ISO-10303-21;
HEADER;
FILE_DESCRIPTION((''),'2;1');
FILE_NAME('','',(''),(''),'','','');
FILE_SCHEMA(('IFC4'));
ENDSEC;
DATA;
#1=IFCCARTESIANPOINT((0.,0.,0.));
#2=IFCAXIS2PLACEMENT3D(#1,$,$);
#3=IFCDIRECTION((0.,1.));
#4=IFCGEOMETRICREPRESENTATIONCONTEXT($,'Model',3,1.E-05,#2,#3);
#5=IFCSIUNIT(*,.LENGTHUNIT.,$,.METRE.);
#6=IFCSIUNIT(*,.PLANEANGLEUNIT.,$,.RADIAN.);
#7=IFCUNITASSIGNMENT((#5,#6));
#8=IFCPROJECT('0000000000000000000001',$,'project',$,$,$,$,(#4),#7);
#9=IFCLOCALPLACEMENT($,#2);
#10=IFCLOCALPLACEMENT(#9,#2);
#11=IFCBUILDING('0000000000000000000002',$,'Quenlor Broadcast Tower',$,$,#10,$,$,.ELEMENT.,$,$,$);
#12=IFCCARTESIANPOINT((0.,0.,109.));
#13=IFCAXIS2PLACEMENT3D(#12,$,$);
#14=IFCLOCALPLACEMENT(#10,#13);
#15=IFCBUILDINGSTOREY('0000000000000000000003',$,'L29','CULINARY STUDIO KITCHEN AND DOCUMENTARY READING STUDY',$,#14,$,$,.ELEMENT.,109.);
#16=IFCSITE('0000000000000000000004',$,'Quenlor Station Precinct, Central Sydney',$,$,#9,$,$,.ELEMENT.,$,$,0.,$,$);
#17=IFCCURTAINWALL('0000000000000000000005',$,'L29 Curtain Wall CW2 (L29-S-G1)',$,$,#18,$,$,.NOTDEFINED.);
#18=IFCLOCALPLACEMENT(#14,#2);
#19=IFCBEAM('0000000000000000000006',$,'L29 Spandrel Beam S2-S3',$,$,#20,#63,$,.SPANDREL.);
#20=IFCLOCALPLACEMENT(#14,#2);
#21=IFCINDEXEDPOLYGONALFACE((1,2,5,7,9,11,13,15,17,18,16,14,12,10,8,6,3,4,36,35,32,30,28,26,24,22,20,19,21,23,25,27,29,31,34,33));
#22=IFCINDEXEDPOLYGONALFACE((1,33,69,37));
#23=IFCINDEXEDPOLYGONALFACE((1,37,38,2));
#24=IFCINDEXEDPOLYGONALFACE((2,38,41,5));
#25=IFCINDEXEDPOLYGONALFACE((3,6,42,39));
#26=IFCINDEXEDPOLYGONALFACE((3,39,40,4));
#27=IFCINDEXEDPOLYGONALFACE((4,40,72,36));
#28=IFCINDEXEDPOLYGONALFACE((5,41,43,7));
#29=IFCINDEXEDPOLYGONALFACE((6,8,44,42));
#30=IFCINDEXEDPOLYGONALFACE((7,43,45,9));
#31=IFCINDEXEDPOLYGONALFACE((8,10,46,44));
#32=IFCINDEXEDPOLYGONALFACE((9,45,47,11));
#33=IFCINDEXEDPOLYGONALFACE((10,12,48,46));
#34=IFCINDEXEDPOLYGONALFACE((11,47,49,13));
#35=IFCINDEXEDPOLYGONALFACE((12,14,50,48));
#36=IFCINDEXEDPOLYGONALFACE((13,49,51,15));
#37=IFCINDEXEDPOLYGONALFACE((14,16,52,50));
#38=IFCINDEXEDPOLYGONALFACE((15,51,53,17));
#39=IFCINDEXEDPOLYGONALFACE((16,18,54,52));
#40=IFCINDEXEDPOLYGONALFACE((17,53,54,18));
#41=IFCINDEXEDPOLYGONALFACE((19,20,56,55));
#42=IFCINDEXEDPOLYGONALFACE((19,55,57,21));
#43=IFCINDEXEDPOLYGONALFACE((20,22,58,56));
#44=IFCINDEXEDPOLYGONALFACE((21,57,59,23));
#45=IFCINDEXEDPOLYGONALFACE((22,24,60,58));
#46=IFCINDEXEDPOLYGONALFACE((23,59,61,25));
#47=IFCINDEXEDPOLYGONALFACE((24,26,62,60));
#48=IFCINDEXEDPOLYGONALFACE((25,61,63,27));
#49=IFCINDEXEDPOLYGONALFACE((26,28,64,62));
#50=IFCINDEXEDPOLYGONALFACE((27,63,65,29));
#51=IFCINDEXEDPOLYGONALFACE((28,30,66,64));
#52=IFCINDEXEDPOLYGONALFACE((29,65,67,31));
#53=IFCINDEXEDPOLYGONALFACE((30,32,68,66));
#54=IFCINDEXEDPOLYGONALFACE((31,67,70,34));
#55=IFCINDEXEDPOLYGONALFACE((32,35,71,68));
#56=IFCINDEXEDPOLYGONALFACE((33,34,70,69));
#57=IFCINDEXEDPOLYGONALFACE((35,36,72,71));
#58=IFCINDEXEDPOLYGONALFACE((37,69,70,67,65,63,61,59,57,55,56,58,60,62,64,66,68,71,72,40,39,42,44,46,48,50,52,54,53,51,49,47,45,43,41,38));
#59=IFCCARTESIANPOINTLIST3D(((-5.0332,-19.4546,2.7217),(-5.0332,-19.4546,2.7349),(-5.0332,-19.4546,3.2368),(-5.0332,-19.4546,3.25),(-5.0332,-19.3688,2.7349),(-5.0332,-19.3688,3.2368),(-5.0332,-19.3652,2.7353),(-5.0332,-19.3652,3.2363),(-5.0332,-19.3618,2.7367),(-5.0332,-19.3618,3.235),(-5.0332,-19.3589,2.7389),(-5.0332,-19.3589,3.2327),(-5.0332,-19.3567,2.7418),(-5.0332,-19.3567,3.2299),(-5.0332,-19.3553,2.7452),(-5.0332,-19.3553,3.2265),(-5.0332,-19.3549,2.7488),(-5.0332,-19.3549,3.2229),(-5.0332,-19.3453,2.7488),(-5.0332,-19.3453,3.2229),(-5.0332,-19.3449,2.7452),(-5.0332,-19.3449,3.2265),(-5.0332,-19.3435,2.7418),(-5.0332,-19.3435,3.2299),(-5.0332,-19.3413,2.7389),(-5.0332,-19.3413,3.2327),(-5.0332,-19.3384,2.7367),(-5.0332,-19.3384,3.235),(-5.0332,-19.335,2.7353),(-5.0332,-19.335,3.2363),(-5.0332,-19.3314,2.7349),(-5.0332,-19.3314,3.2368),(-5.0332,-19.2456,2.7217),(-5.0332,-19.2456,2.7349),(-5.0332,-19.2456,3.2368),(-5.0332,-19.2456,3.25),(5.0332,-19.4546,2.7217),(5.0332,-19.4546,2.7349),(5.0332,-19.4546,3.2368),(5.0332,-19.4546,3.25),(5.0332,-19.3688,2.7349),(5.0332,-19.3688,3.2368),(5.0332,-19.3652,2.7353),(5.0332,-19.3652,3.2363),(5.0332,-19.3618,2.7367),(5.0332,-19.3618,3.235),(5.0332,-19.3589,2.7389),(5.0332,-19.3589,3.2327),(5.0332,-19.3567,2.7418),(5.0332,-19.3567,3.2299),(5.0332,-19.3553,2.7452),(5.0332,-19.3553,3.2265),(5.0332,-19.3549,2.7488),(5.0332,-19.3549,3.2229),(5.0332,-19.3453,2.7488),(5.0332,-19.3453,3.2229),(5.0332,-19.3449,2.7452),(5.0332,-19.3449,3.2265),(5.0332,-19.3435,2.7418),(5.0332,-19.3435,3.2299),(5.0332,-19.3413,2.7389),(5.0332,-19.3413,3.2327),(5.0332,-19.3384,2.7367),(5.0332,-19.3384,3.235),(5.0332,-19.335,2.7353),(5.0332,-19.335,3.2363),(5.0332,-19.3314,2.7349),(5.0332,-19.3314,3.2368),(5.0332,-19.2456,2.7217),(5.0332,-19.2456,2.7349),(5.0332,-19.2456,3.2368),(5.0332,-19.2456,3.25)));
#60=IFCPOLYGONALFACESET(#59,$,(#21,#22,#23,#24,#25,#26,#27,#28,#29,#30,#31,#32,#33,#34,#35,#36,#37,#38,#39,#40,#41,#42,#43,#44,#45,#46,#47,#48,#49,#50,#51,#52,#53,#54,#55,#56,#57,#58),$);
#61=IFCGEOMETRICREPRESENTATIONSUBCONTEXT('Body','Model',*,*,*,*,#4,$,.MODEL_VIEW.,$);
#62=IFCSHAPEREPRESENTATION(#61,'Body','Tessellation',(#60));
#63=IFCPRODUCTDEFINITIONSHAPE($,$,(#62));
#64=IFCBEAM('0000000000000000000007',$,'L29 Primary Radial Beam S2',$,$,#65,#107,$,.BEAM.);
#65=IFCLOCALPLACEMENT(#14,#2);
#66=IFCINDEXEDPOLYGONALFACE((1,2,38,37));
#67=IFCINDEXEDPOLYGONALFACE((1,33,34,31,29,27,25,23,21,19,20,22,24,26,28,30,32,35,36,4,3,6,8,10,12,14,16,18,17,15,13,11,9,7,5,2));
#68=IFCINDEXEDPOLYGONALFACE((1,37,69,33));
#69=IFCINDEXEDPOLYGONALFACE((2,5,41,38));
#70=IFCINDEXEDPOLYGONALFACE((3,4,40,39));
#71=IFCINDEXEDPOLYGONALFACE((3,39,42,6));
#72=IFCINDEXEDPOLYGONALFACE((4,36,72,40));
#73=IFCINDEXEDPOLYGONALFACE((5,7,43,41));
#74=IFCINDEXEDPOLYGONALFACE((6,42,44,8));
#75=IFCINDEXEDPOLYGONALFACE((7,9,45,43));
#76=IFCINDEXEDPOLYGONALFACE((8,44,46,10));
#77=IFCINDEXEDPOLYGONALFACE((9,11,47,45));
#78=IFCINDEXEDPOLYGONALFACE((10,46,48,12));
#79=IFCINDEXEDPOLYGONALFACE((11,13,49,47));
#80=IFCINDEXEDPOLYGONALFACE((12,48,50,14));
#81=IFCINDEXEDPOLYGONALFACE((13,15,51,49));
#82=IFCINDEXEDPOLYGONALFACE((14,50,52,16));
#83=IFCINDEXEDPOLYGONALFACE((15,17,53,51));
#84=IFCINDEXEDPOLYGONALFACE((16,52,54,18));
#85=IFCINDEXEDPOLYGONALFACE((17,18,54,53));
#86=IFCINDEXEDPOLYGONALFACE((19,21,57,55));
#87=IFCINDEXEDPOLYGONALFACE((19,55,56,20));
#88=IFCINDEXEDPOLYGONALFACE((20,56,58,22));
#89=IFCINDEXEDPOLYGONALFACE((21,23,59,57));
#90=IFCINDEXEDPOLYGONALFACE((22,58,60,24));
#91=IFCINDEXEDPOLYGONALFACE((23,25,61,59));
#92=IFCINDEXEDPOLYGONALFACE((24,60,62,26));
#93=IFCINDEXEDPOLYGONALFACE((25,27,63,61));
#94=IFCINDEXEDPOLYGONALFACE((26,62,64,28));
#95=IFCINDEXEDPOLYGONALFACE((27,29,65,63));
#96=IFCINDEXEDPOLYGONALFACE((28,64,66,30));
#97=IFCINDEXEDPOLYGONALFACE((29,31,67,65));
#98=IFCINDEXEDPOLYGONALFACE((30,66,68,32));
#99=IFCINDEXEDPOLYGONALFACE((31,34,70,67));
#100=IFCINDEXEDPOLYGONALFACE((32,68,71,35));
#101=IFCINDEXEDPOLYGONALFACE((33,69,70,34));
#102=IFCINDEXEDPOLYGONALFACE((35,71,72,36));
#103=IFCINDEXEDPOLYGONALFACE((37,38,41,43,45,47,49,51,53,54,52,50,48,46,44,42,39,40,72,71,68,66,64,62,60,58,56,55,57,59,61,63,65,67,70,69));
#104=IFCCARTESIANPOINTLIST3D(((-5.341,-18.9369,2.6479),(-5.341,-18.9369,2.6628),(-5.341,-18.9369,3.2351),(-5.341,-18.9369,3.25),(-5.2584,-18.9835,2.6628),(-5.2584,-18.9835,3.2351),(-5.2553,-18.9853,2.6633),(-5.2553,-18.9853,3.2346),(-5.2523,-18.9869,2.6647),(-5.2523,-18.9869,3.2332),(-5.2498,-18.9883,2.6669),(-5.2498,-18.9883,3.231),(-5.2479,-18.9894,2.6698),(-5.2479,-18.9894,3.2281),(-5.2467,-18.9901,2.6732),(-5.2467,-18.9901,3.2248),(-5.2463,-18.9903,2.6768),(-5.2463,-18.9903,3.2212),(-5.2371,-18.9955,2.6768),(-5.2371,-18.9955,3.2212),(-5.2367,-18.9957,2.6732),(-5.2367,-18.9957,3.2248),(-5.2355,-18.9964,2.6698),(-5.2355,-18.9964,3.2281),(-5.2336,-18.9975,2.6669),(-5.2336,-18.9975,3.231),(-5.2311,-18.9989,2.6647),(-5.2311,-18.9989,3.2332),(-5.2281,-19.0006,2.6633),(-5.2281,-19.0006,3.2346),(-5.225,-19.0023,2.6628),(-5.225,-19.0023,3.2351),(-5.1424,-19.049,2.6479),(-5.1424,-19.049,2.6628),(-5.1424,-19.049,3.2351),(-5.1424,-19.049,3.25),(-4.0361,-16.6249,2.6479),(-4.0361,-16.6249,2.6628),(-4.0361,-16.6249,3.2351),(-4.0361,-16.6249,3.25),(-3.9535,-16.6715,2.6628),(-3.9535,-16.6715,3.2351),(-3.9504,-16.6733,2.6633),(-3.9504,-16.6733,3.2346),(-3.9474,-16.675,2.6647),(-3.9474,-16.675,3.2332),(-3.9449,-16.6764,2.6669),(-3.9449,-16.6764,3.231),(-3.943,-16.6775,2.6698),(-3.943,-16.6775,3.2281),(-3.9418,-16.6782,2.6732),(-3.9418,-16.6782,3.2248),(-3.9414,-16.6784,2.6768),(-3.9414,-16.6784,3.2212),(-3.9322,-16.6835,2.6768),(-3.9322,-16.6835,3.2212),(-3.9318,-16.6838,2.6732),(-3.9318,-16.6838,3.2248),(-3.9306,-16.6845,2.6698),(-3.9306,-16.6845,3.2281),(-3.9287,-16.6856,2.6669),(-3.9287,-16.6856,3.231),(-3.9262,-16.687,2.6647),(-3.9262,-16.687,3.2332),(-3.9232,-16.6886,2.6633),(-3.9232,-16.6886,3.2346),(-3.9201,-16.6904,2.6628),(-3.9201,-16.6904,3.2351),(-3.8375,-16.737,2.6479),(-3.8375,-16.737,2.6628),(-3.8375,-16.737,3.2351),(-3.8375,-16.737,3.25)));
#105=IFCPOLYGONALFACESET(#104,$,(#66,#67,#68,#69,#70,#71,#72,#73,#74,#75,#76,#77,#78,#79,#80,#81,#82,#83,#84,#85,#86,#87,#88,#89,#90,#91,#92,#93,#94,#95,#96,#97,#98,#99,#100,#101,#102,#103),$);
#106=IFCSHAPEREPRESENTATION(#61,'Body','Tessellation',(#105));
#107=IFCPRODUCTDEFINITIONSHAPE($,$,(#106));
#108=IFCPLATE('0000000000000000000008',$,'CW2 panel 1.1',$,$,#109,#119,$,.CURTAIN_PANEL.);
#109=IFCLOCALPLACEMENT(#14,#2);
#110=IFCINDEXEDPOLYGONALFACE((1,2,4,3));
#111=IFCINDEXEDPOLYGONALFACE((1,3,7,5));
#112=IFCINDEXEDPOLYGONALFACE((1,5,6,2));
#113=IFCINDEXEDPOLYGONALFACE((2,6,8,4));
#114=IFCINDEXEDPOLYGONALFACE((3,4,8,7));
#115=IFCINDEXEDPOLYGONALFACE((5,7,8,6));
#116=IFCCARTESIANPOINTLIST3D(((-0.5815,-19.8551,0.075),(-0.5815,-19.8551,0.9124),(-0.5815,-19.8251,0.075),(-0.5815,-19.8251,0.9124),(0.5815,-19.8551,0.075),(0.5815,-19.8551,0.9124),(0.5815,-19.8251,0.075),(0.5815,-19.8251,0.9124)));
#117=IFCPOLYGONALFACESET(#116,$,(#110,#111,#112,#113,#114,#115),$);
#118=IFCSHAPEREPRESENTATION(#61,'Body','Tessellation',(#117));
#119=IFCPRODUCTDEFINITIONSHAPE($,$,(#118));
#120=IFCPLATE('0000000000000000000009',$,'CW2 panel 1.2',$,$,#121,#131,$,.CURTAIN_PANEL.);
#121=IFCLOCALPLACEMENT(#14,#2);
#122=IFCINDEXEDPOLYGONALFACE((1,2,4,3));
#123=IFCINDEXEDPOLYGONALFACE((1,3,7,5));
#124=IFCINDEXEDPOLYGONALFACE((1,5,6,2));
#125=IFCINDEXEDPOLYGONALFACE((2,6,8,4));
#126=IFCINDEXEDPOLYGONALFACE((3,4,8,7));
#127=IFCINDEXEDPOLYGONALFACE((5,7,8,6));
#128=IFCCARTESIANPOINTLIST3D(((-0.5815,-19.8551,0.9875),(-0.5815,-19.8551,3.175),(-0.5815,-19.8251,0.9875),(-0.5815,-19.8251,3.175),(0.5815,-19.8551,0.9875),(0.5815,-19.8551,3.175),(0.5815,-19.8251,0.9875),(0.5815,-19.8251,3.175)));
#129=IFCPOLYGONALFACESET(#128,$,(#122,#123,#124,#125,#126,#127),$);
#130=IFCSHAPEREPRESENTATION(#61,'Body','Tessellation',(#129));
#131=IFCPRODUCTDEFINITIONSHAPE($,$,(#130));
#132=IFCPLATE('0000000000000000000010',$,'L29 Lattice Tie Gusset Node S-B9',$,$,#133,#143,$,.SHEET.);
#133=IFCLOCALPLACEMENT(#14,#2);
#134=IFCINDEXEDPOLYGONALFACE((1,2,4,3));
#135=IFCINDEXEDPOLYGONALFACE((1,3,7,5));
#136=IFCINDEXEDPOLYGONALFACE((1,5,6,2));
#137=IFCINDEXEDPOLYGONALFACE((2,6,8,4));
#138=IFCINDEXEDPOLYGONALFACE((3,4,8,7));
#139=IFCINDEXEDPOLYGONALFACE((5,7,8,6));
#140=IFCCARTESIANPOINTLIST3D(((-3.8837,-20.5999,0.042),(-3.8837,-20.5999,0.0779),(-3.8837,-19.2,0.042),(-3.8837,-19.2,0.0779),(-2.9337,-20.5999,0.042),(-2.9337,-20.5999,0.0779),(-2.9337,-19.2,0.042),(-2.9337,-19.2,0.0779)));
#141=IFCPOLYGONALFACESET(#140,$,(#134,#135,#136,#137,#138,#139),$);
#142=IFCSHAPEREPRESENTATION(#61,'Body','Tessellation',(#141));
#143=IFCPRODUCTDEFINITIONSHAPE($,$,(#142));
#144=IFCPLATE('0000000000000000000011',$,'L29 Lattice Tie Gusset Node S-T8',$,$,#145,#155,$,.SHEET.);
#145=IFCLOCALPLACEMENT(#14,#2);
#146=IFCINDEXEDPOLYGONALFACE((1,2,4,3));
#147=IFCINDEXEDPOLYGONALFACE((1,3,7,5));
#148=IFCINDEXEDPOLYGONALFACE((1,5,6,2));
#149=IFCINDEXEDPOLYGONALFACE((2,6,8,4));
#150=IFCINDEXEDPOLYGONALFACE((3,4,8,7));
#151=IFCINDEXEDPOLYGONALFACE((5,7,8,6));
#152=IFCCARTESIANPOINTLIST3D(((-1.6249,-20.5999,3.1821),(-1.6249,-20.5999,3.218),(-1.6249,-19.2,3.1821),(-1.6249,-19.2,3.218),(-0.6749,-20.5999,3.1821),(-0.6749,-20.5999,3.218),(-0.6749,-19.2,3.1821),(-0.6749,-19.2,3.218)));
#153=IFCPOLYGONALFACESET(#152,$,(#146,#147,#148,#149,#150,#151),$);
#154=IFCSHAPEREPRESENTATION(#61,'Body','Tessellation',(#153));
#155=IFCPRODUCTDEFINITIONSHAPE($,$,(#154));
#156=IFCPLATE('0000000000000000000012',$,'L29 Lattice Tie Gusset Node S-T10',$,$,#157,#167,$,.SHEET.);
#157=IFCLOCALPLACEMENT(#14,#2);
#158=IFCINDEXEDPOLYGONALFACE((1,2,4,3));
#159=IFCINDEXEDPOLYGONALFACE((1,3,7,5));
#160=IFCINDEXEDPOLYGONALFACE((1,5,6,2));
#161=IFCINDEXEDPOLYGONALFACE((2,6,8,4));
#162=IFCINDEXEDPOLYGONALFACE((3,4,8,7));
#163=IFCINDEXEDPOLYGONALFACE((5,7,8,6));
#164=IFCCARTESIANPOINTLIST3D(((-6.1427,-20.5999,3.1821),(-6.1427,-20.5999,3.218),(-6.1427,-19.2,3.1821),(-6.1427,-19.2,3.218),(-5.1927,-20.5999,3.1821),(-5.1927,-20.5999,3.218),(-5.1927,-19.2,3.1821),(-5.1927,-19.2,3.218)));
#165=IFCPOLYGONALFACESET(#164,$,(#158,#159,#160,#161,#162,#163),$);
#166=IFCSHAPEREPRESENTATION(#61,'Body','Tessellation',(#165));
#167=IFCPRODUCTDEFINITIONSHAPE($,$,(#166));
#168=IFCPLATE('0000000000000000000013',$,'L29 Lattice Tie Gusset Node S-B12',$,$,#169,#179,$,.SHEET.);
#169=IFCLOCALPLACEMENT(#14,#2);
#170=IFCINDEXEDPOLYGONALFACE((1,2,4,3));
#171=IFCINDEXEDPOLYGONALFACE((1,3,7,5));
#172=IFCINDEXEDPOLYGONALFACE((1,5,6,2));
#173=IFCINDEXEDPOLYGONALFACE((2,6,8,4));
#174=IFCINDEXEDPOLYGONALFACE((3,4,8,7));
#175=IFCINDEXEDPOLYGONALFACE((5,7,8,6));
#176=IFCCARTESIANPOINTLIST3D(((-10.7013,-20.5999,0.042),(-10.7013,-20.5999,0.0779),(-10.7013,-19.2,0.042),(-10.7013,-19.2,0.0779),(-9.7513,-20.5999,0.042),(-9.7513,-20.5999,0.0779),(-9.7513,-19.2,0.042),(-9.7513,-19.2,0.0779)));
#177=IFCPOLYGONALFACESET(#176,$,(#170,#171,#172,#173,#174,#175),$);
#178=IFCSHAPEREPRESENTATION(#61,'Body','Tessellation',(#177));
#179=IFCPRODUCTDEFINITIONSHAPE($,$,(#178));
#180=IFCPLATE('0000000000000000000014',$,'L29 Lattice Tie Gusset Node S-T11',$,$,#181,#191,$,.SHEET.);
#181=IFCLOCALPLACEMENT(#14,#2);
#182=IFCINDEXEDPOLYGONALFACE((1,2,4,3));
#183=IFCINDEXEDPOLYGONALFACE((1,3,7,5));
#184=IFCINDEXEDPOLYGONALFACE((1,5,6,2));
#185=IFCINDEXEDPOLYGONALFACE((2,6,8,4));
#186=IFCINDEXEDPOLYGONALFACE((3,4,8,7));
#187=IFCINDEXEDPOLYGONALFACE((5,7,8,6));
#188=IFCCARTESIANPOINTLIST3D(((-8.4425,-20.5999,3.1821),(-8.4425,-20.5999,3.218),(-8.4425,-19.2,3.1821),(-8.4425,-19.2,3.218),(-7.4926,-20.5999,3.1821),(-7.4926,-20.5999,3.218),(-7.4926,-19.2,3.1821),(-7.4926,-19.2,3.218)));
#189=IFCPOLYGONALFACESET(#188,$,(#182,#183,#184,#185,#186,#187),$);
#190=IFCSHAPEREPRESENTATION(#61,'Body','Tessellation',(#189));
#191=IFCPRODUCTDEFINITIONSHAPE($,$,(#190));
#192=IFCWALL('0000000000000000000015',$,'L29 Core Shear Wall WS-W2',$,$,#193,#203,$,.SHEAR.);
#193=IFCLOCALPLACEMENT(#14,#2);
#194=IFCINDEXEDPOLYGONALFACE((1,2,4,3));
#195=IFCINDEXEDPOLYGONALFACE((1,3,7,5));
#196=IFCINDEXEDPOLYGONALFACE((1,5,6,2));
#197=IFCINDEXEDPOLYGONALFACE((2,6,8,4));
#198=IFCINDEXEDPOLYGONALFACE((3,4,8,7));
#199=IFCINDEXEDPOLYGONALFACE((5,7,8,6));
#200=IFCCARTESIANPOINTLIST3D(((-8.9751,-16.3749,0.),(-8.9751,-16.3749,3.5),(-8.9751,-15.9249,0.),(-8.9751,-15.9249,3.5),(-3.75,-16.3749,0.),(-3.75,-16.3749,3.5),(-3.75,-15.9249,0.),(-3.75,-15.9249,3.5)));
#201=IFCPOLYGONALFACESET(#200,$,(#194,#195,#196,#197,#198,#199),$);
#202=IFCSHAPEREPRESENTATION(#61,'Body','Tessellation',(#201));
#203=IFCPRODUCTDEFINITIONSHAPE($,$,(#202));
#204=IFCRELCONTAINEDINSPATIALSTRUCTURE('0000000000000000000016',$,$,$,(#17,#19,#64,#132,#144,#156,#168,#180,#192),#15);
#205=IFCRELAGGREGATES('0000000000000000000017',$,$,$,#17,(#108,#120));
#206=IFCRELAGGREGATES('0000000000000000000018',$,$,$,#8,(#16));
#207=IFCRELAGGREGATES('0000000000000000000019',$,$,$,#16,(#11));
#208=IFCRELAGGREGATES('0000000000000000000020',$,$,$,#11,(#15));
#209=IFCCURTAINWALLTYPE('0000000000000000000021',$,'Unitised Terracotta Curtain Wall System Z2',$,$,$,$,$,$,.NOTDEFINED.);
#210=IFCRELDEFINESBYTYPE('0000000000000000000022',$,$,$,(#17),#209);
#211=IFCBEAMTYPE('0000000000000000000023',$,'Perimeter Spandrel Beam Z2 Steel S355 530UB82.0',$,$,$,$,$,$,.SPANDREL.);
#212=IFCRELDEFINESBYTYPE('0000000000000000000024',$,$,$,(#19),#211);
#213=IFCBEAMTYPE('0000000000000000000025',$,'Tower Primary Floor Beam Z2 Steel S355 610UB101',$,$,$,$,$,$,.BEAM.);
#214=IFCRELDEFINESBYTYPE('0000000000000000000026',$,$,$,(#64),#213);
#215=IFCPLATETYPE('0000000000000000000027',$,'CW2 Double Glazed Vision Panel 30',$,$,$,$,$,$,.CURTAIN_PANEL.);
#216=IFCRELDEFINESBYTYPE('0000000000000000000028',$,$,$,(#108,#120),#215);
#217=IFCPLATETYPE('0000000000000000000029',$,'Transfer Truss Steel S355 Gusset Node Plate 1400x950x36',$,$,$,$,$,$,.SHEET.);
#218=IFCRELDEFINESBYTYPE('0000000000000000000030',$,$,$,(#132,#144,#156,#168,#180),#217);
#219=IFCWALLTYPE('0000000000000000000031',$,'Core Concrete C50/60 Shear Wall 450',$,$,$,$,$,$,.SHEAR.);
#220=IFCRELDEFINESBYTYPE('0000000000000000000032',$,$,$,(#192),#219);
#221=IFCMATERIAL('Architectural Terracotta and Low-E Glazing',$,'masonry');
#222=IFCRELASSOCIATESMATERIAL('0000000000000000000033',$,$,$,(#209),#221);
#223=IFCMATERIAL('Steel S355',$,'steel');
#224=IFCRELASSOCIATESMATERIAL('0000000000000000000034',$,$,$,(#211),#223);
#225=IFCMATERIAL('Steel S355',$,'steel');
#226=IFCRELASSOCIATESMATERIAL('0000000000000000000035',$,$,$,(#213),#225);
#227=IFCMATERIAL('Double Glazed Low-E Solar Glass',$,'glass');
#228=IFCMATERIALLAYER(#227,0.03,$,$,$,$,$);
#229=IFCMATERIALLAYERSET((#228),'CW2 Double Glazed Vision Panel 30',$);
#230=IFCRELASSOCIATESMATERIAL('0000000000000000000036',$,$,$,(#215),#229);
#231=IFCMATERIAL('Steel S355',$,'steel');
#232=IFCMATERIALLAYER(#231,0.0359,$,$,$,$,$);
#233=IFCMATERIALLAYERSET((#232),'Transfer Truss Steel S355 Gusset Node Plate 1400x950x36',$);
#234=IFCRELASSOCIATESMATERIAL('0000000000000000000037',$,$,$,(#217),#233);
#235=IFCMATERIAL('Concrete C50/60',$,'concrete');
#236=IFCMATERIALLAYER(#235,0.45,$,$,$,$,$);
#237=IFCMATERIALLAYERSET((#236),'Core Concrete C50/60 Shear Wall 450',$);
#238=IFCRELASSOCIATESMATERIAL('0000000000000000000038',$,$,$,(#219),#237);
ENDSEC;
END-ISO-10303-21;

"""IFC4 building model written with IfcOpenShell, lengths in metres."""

from ifc_helpers import new_model, si_unit, direction, frame, frame_2d, origin, origin_2d, place, context, subcontext, project, spatial, rectangle, i_section, extrude, material, layer, layer_set, material_profile, profile_set, type_object, element, aggregate, save


model = new_model("IFC4")

# Units and contexts
model_context = context("Model", 3, precision=1e-05, world=origin(), true_north=direction((0.0, 1.0)))
body_context = subcontext(model_context, "Body", "Model", "MODEL_VIEW")
ifc_project = project(units=[si_unit("LENGTHUNIT", "METRE"), si_unit("PLANEANGLEUNIT", "RADIAN")], contexts=[model_context])

# Site, building, storey
site_placement = place(None, origin())
site = spatial("IfcSite", under=ifc_project, at=site_placement, Name="Quenlor Station Precinct, Central Sydney", CompositionType="ELEMENT", RefElevation=0.0)
building_placement = place(site_placement, origin())
building = spatial("IfcBuilding", under=site, at=building_placement, Name="Quenlor Broadcast Tower", CompositionType="ELEMENT")
storey_placement = place(building_placement, frame((0.0, 0.0, 109.0)))
storey = spatial("IfcBuildingStorey", under=building, at=storey_placement, Name="L29", Description="CULINARY STUDIO KITCHEN AND DOCUMENTARY READING STUDY", CompositionType="ELEMENT", Elevation=109.0)

# Curtain wall
ifc_material_1 = material(Name="Architectural Terracotta and Low-E Glazing", Category="masonry")
curtain_wall_type = type_object("IfcCurtainWallType", Name="Unitised Terracotta Curtain Wall System Z2", PredefinedType="NOTDEFINED", material=ifc_material_1)
curtain_wall_placement = place(storey_placement, origin())
curtain_wall = element("IfcCurtainWall", 1, at=curtain_wall_placement, inside=storey, type_object=curtain_wall_type, Name="L29 Curtain Wall CW2 (L29-S-G1)", PredefinedType="NOTDEFINED")

# Beams
ifc_material_2 = material(Name="Steel S355", Category="steel")
ifc_material_profile_1 = material_profile(ifc_material_2, i_section(OverallWidth=0.209, OverallDepth=0.5283, WebThickness=0.0095, FlangeThickness=0.0132, FilletRadius=0.0139, at=origin_2d()))
ifc_profile_set_1 = profile_set([ifc_material_profile_1], Name="Steel S355 530UB82.0")
beam_type_1 = type_object("IfcBeamType", Name="Perimeter Spandrel Beam Z2 Steel S355 530UB82.0", PredefinedType="SPANDREL", material=ifc_profile_set_1)
beam_1_placement = place(storey_placement, frame((-5.0332, -19.3501, 2.9858), z_axis=(1.0, 0.0, 0.0), x_axis=(0.0, 1.0, 0.0)))
element("IfcBeam", 2, at=beam_1_placement, inside=storey, type_object=beam_type_1, Name="L29 Spandrel Beam S2-S3", PredefinedType="SPANDREL", context=body_context, shape_type="SweptSolid", body=[
    extrude(i_section(OverallWidth=0.209, OverallDepth=0.5283, WebThickness=0.0095, FlangeThickness=0.0132, FilletRadius=0.0139, at=origin_2d()), origin(), (0.0, 0.0, 1.0), 10.0664),
])
ifc_material_3 = material(Name="Steel S355", Category="steel")
ifc_material_profile_2 = material_profile(ifc_material_3, i_section(OverallWidth=0.228, OverallDepth=0.6021, WebThickness=0.0105, FlangeThickness=0.0149, FilletRadius=0.0139, at=origin_2d()))
ifc_profile_set_2 = profile_set([ifc_material_profile_2], Name="Steel S355 610UB101")
beam_type_2 = type_object("IfcBeamType", Name="Tower Primary Floor Beam Z2 Steel S355 610UB101", PredefinedType="BEAM", material=ifc_profile_set_2)
beam_2_placement = place(storey_placement, frame((-5.2417, -18.9929, 2.949), z_axis=(0.491527, 0.870862, 0.0), x_axis=(-0.870862, 0.491527, 0.0)))
element("IfcBeam", 3, at=beam_2_placement, inside=storey, type_object=beam_type_2, Name="L29 Primary Radial Beam S2", PredefinedType="BEAM", context=body_context, shape_type="SweptSolid", body=[
    extrude(i_section(OverallWidth=0.228, OverallDepth=0.6021, WebThickness=0.0105, FlangeThickness=0.0149, FilletRadius=0.0139, at=origin_2d()), origin(), (0.0, 0.0, 1.0), 2.6548),
])

# Plates
ifc_material_4 = material(Name="Double Glazed Low-E Solar Glass", Category="glass")
ifc_layer_1 = layer(ifc_material_4, 0.03)
ifc_layer_set_1 = layer_set([ifc_layer_1], Name="CW2 Double Glazed Vision Panel 30")
plate_type_1 = type_object("IfcPlateType", Name="CW2 Double Glazed Vision Panel 30", PredefinedType="CURTAIN_PANEL", material=ifc_layer_set_1)
plate_1_placement = place(storey_placement, frame((0.0, -19.8401, 0.075), z_axis=(0.0, 0.0, 1.0), x_axis=(-1.0, 0.0, 0.0)))
plate_1 = element("IfcPlate", 4, at=plate_1_placement, type_object=plate_type_1, Name="CW2 panel 1.1", PredefinedType="CURTAIN_PANEL", context=body_context, shape_type="SweptSolid", body=[
    extrude(rectangle(XDim=1.1631, YDim=0.03, at=origin_2d()), origin(), (0.0, 0.0, 1.0), 0.8374),
])
plate_2_placement = place(storey_placement, frame((0.0, -19.8401, 0.9875), z_axis=(0.0, 0.0, 1.0), x_axis=(-1.0, 0.0, 0.0)))
plate_2 = element("IfcPlate", 5, at=plate_2_placement, type_object=plate_type_1, Name="CW2 panel 1.2", PredefinedType="CURTAIN_PANEL", context=body_context, shape_type="SweptSolid", body=[
    extrude(rectangle(XDim=1.1631, YDim=0.03, at=origin_2d()), origin(), (0.0, 0.0, 1.0), 2.1875),
])
aggregate(curtain_wall, [plate_1, plate_2])

# Plates
ifc_material_5 = material(Name="Steel S355", Category="steel")
ifc_layer_2 = layer(ifc_material_5, 0.0359)
ifc_layer_set_2 = layer_set([ifc_layer_2], Name="Transfer Truss Steel S355 Gusset Node Plate 1400x950x36")
plate_type_2 = type_object("IfcPlateType", Name="Transfer Truss Steel S355 Gusset Node Plate 1400x950x36", PredefinedType="SHEET", material=ifc_layer_set_2)
for number, where, z_axis, x_axis, name in (
    (6, (-3.4087, -19.8999, 0.042), (0.0, 0.0, 1.0), (0.0, -1.0, 0.0), "L29 Lattice Tie Gusset Node S-B9"),
    (7, (-1.1499, -19.8999, 3.1821), (0.0, 0.0, 1.0), (0.0, -1.0, 0.0), "L29 Lattice Tie Gusset Node S-T8"),
    (8, (-5.6677, -19.8999, 3.1821), (0.0, 0.0, 1.0), (0.0, -1.0, 0.0), "L29 Lattice Tie Gusset Node S-T10"),
    (9, (-10.2263, -19.8999, 0.042), (0.0, 0.0, 1.0), (0.0, -1.0, 0.0), "L29 Lattice Tie Gusset Node S-B12"),
    (10, (-7.9675, -19.8999, 3.1821), (0.0, 0.0, 1.0), (0.0, -1.0, 0.0), "L29 Lattice Tie Gusset Node S-T11"),
):
    element("IfcPlate", number, at=place(storey_placement, frame(where, z_axis=z_axis, x_axis=x_axis)), inside=storey, type_object=plate_type_2, Name=name, PredefinedType="SHEET", context=body_context, shape_type="SweptSolid", body=[
        extrude(rectangle(XDim=1.3999, YDim=0.95, at=origin_2d()), origin(), (0.0, 0.0, 1.0), 0.0359),
    ])

# Wall
ifc_material_6 = material(Name="Concrete C50/60", Category="concrete")
ifc_layer_3 = layer(ifc_material_6, 0.45)
ifc_layer_set_3 = layer_set([ifc_layer_3], Name="Core Concrete C50/60 Shear Wall 450")
wall_type_1 = type_object("IfcWallType", Name="Core Concrete C50/60 Shear Wall 450", PredefinedType="SHEAR", material=ifc_layer_set_3)
wall_1_placement = place(storey_placement, frame((-8.9751, -16.1499, 0.0), z_axis=(0.0, 0.0, 1.0), x_axis=(1.0, 0.0, 0.0)))
element("IfcWall", 11, at=wall_1_placement, inside=storey, type_object=wall_type_1, Name="L29 Core Shear Wall WS-W2", PredefinedType="SHEAR", context=body_context, shape_type="SweptSolid", body=[
    extrude(rectangle(XDim=5.2251, YDim=0.45, at=frame_2d((2.6125, 0.0))), origin(), (0.0, 0.0, 1.0), 3.5),
])

save(model, "model.ifc")
